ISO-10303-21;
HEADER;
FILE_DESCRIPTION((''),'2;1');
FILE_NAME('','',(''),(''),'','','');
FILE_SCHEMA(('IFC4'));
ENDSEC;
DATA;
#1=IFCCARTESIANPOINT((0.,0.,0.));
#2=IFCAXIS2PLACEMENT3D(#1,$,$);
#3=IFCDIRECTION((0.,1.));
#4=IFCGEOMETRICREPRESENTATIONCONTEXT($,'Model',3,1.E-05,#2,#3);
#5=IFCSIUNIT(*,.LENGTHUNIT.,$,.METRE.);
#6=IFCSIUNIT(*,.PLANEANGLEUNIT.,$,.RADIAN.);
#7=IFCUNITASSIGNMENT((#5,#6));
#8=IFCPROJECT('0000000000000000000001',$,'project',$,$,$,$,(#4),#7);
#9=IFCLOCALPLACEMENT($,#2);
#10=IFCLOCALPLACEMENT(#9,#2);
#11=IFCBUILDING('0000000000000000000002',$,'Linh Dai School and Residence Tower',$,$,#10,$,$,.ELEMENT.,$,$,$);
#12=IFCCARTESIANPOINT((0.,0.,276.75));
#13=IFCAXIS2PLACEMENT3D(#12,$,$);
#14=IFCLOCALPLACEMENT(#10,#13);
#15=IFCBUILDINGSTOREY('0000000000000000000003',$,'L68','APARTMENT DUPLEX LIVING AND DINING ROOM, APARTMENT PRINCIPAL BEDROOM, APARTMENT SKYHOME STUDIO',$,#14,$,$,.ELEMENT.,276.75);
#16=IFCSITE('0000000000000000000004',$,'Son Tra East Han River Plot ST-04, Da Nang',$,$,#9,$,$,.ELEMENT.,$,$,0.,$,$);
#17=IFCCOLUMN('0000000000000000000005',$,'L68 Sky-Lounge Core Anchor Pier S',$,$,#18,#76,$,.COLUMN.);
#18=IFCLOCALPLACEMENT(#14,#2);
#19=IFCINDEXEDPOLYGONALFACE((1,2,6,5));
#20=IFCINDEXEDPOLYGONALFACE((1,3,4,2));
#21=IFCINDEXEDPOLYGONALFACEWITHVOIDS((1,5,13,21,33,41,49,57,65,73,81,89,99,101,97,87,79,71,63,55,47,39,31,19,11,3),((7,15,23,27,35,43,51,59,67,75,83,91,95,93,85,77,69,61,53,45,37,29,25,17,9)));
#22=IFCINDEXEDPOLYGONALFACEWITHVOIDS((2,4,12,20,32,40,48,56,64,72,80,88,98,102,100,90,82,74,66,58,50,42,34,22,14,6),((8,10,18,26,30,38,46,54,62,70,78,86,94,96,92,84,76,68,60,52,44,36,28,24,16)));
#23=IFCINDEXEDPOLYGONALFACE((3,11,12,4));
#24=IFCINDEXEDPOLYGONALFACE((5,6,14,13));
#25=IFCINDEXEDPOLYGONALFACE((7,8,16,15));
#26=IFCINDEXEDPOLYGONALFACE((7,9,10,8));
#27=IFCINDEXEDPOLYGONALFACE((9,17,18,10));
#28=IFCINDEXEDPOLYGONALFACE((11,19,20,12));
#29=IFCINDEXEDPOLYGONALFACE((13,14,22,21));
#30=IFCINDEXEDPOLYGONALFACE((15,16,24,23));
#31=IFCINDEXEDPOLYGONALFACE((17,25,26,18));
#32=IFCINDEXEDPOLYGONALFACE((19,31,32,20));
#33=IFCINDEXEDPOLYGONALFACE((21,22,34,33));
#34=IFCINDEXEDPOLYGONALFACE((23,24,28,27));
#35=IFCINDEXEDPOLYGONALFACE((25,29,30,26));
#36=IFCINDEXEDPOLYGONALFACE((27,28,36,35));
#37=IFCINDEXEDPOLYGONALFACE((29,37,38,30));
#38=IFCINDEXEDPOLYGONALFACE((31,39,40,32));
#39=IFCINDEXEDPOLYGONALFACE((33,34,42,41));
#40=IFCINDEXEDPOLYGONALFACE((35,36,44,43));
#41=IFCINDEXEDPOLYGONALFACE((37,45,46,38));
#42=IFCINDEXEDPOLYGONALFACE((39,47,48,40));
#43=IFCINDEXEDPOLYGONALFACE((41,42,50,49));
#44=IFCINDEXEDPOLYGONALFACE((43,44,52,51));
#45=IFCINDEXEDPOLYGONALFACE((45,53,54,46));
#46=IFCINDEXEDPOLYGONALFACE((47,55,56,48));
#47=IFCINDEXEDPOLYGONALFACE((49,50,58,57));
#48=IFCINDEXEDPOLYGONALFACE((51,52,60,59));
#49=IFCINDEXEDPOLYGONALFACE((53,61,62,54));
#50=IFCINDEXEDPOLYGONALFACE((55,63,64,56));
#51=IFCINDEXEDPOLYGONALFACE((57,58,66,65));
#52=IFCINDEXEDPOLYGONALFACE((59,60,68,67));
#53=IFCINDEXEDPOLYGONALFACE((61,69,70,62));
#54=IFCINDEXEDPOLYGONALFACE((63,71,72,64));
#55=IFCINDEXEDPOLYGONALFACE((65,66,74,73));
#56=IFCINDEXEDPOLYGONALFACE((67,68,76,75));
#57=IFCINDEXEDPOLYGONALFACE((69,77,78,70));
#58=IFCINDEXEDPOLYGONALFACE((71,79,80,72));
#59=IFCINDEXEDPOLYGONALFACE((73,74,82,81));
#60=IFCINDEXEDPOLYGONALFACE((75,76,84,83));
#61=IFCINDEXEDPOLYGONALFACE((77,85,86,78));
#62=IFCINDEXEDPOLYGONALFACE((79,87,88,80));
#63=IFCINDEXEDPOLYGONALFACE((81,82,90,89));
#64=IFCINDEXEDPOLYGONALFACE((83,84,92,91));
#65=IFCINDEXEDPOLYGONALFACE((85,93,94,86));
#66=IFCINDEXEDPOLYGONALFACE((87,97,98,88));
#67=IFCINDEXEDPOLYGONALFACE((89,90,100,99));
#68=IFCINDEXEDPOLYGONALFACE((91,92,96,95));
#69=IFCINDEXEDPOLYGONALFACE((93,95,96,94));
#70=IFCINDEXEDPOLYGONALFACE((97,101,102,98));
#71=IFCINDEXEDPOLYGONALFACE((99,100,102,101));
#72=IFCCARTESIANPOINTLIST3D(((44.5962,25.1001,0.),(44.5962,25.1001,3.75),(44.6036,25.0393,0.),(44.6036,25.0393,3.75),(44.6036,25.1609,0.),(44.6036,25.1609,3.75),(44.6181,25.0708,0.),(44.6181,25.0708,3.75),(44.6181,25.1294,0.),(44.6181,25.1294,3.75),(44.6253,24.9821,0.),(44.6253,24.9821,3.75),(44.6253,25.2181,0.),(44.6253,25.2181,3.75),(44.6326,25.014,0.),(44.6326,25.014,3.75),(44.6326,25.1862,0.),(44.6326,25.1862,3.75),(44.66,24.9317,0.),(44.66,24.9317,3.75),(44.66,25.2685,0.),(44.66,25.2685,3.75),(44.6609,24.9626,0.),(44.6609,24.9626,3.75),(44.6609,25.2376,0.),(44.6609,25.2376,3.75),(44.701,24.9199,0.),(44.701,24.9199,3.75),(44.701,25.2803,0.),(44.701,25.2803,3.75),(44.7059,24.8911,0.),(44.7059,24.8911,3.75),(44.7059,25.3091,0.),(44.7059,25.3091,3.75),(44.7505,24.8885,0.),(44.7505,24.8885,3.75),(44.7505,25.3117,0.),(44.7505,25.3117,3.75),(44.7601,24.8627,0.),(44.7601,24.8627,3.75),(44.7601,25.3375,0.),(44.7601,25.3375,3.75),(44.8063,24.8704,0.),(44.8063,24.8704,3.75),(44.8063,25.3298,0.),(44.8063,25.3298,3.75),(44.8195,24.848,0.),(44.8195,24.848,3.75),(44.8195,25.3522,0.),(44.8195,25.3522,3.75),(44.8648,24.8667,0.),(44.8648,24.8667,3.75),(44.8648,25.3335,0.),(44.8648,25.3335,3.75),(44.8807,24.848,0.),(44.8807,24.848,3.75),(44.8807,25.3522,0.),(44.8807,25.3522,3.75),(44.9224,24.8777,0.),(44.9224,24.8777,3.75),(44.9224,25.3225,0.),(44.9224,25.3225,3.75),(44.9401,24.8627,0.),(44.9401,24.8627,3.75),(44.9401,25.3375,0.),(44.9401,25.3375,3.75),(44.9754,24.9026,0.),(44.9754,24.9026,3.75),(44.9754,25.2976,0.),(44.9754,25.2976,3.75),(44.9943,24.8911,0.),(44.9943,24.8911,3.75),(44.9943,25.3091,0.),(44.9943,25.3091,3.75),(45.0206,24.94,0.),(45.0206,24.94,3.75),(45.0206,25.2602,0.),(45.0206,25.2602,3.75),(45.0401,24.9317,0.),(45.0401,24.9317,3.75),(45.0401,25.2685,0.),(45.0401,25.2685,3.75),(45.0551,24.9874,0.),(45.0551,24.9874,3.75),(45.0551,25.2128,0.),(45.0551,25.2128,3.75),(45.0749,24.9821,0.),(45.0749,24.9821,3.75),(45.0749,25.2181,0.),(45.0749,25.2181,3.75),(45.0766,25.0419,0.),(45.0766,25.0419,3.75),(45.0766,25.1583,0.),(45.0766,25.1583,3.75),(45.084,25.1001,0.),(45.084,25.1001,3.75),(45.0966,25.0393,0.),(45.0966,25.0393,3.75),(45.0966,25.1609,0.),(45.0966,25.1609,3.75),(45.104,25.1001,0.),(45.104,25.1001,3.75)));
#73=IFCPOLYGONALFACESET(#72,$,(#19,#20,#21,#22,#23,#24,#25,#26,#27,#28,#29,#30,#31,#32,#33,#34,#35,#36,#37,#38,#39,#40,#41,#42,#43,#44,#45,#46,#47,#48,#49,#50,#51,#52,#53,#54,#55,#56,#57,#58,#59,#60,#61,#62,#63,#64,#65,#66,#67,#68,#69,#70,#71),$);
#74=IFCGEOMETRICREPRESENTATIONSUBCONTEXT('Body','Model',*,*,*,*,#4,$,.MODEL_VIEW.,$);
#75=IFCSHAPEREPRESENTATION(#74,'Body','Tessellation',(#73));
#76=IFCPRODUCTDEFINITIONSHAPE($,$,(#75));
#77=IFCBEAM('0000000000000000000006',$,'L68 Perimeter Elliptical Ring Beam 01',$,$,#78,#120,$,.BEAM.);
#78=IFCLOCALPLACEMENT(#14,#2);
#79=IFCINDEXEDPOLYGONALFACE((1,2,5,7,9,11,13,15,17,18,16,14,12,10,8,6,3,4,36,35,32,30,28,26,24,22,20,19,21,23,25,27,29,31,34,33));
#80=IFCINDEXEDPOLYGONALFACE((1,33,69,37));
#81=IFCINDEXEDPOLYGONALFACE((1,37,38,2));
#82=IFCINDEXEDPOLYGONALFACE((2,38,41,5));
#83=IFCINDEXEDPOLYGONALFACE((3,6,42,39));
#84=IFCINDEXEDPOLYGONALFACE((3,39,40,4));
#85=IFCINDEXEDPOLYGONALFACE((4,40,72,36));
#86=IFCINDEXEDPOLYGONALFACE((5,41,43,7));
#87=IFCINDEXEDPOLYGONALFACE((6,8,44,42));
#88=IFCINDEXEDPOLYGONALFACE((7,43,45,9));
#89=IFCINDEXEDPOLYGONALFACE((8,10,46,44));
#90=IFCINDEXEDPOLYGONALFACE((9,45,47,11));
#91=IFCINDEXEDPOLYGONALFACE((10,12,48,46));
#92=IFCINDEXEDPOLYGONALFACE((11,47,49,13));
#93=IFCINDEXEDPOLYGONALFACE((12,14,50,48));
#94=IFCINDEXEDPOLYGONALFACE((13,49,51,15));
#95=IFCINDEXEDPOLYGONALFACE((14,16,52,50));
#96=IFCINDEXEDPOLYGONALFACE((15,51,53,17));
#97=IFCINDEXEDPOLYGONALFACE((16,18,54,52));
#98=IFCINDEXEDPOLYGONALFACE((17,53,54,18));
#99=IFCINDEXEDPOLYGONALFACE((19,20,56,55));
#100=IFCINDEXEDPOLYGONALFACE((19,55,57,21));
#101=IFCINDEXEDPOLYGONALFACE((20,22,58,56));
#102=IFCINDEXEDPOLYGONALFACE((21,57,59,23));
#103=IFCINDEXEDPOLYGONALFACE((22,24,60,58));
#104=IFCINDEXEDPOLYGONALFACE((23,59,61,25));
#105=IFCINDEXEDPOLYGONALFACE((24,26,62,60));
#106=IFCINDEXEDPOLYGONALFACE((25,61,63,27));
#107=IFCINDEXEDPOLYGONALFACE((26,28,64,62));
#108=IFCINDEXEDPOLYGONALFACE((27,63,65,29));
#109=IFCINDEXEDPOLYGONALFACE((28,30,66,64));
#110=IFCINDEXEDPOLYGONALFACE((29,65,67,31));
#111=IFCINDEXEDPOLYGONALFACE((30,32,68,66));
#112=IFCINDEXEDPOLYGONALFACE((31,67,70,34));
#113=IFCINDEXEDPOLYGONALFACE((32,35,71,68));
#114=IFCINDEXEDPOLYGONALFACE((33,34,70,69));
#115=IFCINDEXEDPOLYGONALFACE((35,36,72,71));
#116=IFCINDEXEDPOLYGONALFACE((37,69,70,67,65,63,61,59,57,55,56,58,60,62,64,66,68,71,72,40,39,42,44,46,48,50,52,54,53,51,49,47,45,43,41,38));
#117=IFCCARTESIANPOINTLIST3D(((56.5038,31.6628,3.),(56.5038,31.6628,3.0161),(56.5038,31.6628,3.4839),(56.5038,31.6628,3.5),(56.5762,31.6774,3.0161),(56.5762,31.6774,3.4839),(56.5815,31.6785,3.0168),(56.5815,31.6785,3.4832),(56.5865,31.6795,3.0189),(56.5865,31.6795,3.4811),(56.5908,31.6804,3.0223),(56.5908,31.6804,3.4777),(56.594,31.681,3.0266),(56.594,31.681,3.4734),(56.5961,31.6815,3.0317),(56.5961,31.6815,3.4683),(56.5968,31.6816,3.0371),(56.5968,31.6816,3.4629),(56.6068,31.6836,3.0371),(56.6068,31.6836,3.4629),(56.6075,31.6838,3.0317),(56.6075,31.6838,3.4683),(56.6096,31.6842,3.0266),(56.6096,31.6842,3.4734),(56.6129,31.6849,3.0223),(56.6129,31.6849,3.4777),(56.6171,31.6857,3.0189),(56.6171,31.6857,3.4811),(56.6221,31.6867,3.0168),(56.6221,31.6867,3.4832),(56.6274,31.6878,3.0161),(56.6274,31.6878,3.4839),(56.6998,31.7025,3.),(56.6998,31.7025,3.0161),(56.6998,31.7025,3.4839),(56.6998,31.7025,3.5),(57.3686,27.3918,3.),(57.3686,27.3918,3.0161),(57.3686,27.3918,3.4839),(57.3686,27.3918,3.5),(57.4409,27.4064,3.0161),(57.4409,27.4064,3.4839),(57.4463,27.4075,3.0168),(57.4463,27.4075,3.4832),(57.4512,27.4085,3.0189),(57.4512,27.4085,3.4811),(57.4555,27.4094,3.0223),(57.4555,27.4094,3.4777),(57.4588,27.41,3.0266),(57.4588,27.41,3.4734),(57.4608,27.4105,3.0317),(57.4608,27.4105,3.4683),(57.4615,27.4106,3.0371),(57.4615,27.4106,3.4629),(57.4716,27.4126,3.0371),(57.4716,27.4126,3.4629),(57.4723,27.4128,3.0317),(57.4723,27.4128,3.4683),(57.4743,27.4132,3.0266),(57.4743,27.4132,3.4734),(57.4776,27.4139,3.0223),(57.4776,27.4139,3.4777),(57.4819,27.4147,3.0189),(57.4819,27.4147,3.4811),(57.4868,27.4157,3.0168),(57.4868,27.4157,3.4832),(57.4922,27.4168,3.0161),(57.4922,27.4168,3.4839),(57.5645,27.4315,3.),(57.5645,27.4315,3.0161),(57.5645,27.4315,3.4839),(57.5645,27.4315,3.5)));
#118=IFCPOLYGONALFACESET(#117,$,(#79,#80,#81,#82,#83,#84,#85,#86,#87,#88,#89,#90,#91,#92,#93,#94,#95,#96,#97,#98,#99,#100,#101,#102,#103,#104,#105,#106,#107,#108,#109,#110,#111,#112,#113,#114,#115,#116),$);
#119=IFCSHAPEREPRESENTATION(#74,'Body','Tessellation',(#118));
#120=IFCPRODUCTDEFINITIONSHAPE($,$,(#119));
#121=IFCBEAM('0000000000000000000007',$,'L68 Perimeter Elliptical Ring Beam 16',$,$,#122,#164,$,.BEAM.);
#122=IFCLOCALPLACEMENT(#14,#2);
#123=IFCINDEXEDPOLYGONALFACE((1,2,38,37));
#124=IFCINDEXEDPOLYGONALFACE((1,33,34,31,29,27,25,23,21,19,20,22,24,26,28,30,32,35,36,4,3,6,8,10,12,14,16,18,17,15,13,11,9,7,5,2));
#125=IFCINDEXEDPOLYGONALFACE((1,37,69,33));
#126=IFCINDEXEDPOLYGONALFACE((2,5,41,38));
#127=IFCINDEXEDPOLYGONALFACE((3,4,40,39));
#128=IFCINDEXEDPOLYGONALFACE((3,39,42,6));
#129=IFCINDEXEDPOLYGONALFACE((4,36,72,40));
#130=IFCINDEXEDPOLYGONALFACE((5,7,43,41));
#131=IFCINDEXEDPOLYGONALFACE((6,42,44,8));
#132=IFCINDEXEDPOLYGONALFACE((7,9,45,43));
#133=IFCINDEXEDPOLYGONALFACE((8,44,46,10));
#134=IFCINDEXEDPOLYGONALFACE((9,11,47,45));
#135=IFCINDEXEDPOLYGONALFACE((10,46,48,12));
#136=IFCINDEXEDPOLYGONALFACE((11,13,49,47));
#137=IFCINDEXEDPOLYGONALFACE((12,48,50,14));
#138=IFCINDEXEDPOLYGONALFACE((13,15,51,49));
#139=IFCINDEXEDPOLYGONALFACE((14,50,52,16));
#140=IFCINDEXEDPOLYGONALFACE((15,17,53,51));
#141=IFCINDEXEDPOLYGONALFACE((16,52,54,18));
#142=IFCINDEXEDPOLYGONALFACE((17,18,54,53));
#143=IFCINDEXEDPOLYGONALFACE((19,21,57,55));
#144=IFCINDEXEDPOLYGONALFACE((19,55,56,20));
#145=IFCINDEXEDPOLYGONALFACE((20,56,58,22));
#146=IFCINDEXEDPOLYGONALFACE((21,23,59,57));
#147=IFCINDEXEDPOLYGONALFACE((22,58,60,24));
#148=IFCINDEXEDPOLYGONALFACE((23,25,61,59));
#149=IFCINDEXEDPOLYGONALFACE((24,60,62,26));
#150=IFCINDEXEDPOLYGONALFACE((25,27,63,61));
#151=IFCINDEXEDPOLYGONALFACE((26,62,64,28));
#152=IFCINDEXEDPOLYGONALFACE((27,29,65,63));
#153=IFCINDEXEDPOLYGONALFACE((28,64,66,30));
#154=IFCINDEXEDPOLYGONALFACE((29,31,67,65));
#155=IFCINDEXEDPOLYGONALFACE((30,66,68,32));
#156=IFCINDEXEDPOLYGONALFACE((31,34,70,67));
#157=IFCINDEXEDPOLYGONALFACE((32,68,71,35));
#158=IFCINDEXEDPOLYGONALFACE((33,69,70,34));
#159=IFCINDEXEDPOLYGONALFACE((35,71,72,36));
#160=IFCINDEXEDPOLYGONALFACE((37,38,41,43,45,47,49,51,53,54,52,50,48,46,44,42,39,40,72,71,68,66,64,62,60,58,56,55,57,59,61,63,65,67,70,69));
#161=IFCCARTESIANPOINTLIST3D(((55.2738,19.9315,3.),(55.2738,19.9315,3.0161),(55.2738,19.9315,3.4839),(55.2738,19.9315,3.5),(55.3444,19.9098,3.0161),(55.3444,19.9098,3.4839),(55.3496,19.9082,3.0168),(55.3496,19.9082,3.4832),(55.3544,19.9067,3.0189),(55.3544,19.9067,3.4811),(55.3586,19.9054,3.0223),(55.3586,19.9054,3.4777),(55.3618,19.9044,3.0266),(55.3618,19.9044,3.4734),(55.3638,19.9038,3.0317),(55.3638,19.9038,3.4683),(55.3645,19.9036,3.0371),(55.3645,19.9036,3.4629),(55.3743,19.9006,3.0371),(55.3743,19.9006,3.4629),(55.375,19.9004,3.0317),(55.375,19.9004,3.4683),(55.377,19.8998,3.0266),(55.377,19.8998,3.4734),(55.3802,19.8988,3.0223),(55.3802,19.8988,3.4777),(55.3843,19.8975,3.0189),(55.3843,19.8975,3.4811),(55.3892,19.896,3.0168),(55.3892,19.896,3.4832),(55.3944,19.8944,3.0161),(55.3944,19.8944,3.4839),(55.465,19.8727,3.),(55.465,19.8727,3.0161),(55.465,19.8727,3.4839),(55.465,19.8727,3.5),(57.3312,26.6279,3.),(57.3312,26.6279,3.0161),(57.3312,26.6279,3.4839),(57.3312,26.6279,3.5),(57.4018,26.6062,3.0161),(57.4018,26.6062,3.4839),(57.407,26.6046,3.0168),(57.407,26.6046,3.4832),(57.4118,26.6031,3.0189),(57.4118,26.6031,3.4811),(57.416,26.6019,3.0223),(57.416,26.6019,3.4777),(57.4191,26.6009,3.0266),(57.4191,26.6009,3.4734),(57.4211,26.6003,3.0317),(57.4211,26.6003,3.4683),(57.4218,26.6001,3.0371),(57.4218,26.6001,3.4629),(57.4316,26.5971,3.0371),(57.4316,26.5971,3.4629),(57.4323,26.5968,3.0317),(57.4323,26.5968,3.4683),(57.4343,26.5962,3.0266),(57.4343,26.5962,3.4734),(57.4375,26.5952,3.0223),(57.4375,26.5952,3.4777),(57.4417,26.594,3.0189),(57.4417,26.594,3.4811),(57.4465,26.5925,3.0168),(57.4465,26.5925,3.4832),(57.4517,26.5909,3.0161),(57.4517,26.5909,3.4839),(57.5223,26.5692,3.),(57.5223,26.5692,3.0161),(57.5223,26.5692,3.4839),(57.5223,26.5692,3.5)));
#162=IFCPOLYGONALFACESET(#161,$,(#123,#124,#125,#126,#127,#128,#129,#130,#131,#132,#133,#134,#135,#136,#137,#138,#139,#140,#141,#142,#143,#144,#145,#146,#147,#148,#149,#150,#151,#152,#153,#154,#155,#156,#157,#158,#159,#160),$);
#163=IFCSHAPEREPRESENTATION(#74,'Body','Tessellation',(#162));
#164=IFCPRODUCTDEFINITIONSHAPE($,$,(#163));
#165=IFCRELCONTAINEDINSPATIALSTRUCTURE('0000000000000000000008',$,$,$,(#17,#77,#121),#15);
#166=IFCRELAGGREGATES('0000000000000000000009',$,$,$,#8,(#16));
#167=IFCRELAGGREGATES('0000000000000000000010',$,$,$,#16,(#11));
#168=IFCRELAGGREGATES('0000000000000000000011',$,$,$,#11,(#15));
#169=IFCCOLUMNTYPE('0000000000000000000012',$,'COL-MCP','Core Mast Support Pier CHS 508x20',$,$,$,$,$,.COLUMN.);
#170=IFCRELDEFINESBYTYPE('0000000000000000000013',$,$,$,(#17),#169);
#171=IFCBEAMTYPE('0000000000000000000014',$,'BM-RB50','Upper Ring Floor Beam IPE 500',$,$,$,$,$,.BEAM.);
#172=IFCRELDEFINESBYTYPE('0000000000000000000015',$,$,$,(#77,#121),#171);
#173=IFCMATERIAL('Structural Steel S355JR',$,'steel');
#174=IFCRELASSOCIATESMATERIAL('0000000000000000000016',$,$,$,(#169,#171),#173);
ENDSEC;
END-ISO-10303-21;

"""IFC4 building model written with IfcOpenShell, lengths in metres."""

from ifc_helpers import new_model, si_unit, direction, frame, origin, origin_2d, place, context, subcontext, project, spatial, hollow_circle, i_section, extrude, material, material_profile, profile_set, type_object, element, save


model = new_model("IFC4")

# Units and contexts
model_context = context("Model", 3, precision=1e-05, world=origin(), true_north=direction((0.0, 1.0)))
body_context = subcontext(model_context, "Body", "Model", "MODEL_VIEW")
ifc_project = project(units=[si_unit("LENGTHUNIT", "METRE"), si_unit("PLANEANGLEUNIT", "RADIAN")], contexts=[model_context])

# Site, building, storey
site_placement = place(None, origin())
site = spatial("IfcSite", under=ifc_project, at=site_placement, Name="Son Tra East Han River Plot ST-04, Da Nang", CompositionType="ELEMENT", RefElevation=0.0)
building_placement = place(site_placement, origin())
building = spatial("IfcBuilding", under=site, at=building_placement, Name="Linh Dai School and Residence Tower", CompositionType="ELEMENT")
storey_placement = place(building_placement, frame((0.0, 0.0, 276.75)))
storey = spatial("IfcBuildingStorey", under=building, at=storey_placement, Name="L68", Description="APARTMENT DUPLEX LIVING AND DINING ROOM, APARTMENT PRINCIPAL BEDROOM, APARTMENT SKYHOME STUDIO", CompositionType="ELEMENT", Elevation=276.75)

# Column
ifc_material_1 = material(Name="Structural Steel S355JR", Category="steel")
ifc_material_profile_1 = material_profile(ifc_material_1, hollow_circle(Radius=0.2539, WallThickness=0.02, at=origin_2d()), Name="CHS 508x20")
ifc_profile_set_1 = profile_set([ifc_material_profile_1], Name="Structural Steel S355JR")
column_type_1 = type_object("IfcColumnType", Name="COL-MCP", Description="Core Mast Support Pier CHS 508x20", PredefinedType="COLUMN", material=ifc_profile_set_1)
column_1_placement = place(storey_placement, frame((44.8501, 25.1001, 0.0), z_axis=(0.0, 0.0, 1.0), x_axis=(1.0, 0.0, 0.0)))
element("IfcColumn", 1, at=column_1_placement, inside=storey, type_object=column_type_1, Name="L68 Sky-Lounge Core Anchor Pier S", PredefinedType="COLUMN", context=body_context, shape_type="SweptSolid", body=[
    extrude(hollow_circle(Radius=0.2539, WallThickness=0.02, at=origin_2d()), origin(), (0.0, 0.0, 1.0), 3.75),
])

# Beams
ifc_material_profile_2 = material_profile(ifc_material_1, i_section(OverallWidth=0.2, OverallDepth=0.5, WebThickness=0.0103, FlangeThickness=0.0161, FilletRadius=0.021, at=origin_2d()), Name="IPE 500")
ifc_profile_set_2 = profile_set([ifc_material_profile_2], Name="Structural Steel S355JR")
beam_type_1 = type_object("IfcBeamType", Name="BM-RB50", Description="Upper Ring Floor Beam IPE 500", PredefinedType="BEAM", material=ifc_profile_set_2)
beam_1_placement = place(storey_placement, frame((57.4666, 27.4116, 3.25), z_axis=(-0.198443, 0.980112, 0.0), x_axis=(-0.980112, -0.198443, 0.0)))
element("IfcBeam", 2, at=beam_1_placement, inside=storey, type_object=beam_type_1, Name="L68 Perimeter Elliptical Ring Beam 01", PredefinedType="BEAM", context=body_context, shape_type="SweptSolid", body=[
    extrude(i_section(OverallWidth=0.2, OverallDepth=0.5, WebThickness=0.0103, FlangeThickness=0.0161, FilletRadius=0.021, at=origin_2d()), origin(), (0.0, 0.0, 1.0), 4.3577),
])
beam_2_placement = place(storey_placement, frame((55.3694, 19.9021, 3.25), z_axis=(0.293682, 0.955903, 0.0), x_axis=(-0.955903, 0.293682, 0.0)))
element("IfcBeam", 3, at=beam_2_placement, inside=storey, type_object=beam_type_1, Name="L68 Perimeter Elliptical Ring Beam 16", PredefinedType="BEAM", context=body_context, shape_type="SweptSolid", body=[
    extrude(i_section(OverallWidth=0.2, OverallDepth=0.5, WebThickness=0.0103, FlangeThickness=0.0161, FilletRadius=0.021, at=origin_2d()), origin(), (0.0, 0.0, 1.0), 7.0054),
])

save(model, "model.ifc")
